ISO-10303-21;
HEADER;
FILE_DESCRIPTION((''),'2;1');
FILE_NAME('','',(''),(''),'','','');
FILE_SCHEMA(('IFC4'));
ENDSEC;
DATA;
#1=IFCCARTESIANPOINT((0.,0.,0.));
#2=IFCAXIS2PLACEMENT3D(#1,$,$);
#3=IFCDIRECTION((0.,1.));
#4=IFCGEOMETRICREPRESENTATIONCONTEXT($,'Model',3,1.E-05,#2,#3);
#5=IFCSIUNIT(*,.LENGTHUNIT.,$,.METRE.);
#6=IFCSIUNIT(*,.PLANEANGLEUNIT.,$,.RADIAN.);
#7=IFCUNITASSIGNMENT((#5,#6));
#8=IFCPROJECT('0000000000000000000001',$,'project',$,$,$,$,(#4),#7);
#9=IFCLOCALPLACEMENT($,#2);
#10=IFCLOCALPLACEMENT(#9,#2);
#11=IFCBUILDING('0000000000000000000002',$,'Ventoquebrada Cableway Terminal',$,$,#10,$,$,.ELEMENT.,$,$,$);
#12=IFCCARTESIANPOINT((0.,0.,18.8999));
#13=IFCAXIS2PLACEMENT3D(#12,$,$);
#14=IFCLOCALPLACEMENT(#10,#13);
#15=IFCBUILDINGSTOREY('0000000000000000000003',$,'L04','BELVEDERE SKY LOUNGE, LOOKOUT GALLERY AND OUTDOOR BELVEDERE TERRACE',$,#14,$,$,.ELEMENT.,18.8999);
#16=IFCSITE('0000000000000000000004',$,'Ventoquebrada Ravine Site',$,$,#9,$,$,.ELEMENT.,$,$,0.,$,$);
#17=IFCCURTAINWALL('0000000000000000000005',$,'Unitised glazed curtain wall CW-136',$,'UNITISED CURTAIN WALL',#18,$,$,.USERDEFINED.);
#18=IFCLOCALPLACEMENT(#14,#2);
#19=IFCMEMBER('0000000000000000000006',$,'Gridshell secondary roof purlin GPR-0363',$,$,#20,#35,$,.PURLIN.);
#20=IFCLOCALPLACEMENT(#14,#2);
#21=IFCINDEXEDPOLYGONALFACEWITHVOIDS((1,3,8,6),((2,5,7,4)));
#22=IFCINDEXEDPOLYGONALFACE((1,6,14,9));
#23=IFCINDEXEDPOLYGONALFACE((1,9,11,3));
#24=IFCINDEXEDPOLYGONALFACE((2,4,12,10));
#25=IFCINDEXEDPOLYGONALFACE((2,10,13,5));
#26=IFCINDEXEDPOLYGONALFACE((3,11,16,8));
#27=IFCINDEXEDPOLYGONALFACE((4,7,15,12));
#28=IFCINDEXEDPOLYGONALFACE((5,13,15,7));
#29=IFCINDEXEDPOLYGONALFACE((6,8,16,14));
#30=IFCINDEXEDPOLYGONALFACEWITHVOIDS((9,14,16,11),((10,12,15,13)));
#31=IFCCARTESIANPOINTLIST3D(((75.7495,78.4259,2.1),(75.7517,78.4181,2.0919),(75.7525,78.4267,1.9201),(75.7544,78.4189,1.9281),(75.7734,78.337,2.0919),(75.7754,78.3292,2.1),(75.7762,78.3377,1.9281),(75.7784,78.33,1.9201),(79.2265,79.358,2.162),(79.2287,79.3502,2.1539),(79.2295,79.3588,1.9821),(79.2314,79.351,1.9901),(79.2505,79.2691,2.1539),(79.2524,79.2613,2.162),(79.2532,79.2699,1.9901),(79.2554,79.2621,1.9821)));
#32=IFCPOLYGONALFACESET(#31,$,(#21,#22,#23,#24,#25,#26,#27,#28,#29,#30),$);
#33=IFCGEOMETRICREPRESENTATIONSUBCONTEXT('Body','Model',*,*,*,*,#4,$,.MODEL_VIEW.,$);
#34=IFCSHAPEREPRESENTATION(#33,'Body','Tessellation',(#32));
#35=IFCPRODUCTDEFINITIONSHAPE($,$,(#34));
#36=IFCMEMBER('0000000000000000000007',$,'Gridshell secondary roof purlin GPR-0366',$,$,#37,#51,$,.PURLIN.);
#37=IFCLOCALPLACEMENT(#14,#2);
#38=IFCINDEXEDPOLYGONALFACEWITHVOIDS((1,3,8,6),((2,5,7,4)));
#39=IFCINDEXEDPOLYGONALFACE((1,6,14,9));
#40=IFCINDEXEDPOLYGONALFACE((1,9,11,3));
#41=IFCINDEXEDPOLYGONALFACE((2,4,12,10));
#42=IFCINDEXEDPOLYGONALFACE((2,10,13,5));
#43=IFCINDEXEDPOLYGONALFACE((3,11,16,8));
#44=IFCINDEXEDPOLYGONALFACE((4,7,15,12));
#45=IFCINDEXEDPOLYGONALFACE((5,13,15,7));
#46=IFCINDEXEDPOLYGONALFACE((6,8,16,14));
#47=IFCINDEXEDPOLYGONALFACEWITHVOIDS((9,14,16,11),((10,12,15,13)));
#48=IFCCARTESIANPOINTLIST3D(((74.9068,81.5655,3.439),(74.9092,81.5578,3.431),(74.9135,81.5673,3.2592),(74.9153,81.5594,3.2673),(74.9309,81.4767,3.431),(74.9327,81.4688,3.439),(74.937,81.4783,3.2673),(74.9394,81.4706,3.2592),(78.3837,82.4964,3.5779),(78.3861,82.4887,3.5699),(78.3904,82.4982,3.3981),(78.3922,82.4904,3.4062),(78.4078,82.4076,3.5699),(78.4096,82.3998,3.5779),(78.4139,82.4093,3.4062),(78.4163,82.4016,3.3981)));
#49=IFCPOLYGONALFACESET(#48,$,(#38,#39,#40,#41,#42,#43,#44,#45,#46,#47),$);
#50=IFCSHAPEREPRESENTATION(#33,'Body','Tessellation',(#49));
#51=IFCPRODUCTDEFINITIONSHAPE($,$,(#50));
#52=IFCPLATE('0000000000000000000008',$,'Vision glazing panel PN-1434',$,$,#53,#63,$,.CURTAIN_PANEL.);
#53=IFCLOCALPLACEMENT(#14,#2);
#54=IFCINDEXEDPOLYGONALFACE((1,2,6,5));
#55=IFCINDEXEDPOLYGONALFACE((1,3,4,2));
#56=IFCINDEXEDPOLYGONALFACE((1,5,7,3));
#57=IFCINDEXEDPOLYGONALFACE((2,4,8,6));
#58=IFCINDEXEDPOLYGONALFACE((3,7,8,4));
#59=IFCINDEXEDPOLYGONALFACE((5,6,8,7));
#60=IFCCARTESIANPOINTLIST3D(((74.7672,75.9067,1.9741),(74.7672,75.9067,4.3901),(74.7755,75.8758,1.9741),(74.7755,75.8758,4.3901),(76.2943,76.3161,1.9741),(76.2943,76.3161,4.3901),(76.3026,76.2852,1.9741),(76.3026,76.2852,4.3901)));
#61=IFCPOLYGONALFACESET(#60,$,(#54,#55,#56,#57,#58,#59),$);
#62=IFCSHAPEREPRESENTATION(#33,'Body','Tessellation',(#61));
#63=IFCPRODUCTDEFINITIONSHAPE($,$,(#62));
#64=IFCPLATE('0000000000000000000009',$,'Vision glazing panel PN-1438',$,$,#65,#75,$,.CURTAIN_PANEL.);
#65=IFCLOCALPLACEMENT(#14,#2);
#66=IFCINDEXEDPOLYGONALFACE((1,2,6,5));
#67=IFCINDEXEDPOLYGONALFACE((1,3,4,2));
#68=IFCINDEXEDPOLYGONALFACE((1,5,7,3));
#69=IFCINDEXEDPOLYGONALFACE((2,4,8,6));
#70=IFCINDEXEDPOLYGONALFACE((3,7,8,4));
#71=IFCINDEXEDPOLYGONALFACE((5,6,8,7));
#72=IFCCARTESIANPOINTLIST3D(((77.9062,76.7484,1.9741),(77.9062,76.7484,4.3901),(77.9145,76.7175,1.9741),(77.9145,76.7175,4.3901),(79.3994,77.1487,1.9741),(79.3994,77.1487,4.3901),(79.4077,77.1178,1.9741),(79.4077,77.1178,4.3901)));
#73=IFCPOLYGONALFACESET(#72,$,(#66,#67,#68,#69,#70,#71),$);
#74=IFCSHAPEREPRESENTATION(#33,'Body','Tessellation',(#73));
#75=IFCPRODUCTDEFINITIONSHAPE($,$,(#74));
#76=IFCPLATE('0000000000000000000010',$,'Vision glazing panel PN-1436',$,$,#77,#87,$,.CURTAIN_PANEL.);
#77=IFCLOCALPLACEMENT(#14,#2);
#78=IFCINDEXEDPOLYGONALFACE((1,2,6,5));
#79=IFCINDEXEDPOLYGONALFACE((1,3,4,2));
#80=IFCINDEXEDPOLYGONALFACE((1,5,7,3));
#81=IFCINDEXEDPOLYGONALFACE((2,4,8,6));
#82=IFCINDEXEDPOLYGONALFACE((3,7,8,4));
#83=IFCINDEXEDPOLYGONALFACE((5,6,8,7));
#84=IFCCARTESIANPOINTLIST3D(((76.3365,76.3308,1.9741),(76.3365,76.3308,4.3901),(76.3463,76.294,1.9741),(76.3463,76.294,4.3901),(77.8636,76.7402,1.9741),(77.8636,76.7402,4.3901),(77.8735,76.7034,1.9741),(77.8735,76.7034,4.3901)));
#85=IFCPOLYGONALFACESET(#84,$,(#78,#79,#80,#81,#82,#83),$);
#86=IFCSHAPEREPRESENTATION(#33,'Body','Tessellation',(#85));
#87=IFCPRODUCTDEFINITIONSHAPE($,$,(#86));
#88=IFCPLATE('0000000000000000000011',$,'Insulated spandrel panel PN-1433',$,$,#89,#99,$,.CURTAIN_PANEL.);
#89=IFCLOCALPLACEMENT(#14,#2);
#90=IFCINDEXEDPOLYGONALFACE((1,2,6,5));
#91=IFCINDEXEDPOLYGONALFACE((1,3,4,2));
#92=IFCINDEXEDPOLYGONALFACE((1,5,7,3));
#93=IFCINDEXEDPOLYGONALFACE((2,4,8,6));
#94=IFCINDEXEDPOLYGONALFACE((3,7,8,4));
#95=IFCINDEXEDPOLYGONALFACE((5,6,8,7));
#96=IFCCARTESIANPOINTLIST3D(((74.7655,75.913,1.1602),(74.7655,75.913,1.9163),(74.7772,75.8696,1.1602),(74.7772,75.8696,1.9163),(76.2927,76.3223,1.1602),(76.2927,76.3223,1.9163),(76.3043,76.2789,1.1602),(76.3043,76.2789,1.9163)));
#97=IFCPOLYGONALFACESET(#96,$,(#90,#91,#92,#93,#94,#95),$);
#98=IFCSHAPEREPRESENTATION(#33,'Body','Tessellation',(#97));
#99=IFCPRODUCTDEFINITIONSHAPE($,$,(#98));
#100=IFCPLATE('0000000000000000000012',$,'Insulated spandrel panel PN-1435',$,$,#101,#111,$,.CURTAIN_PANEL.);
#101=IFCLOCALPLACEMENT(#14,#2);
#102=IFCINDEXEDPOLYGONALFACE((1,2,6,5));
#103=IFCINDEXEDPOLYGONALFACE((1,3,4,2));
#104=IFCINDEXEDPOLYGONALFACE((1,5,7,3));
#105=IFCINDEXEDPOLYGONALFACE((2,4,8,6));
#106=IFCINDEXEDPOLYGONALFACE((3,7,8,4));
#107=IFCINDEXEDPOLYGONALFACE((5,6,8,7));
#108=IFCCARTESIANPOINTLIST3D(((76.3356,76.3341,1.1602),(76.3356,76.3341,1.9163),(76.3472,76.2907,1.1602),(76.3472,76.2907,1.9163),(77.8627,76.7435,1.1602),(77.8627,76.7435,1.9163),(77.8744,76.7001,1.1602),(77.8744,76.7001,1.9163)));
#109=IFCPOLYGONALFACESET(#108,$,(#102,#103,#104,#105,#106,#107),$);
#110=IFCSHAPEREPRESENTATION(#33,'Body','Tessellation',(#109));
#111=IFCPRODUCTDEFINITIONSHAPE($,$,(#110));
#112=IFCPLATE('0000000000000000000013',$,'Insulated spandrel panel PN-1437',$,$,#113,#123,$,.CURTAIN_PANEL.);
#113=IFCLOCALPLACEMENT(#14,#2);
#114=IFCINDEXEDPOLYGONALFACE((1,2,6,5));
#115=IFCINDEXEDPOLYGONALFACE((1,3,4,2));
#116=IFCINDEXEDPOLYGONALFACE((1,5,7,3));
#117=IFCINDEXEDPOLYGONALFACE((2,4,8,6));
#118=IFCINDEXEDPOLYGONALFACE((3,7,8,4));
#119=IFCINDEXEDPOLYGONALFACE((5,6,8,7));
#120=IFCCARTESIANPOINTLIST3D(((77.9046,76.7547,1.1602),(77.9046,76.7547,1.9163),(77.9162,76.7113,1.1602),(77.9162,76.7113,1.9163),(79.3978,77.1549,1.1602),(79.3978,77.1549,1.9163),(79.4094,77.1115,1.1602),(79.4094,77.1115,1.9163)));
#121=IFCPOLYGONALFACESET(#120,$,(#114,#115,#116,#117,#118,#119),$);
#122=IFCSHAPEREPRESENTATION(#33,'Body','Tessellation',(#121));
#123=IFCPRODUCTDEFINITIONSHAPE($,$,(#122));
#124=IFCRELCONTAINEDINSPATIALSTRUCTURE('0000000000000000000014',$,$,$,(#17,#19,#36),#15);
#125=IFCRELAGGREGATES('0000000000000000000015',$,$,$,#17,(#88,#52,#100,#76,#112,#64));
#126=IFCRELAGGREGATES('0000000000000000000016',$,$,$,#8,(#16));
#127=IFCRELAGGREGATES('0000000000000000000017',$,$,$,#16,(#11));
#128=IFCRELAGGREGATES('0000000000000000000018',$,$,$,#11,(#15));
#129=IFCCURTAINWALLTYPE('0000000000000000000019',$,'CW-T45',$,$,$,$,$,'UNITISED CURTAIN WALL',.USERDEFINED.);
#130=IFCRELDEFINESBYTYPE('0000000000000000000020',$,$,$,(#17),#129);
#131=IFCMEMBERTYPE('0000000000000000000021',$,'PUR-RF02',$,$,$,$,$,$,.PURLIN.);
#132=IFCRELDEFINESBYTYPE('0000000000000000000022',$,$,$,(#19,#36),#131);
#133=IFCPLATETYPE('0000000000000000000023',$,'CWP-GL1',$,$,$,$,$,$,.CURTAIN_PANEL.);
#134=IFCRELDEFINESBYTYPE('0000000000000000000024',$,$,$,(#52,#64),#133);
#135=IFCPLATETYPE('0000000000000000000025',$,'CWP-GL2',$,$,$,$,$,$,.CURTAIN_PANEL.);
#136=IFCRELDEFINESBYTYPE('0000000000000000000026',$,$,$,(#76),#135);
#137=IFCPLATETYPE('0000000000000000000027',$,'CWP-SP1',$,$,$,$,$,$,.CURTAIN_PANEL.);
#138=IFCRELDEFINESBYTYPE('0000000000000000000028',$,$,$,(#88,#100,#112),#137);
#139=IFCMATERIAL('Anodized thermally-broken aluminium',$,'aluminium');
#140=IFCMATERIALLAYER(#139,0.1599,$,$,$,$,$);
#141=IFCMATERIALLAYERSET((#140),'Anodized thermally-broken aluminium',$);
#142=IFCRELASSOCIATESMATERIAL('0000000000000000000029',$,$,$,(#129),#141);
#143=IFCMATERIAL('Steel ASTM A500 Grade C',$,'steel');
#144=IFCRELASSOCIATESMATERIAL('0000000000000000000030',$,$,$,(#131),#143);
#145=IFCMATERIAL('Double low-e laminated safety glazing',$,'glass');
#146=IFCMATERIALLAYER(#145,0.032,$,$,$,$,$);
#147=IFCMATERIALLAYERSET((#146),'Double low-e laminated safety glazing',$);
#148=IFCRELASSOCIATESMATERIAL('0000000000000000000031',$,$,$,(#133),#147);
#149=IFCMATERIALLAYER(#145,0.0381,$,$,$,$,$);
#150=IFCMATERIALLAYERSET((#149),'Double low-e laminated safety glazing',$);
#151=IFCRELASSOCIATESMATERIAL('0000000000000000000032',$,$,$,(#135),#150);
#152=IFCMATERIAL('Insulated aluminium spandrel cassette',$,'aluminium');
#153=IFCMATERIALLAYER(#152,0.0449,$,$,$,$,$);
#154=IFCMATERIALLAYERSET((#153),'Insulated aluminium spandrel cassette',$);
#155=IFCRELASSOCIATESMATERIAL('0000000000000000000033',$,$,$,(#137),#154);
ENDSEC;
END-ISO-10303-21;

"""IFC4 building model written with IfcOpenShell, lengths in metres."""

from ifc_helpers import new_model, si_unit, direction, frame, origin, origin_2d, place, context, subcontext, project, spatial, rectangle, hollow_rectangle, extrude, material, layer, layer_set, material_profile, profile_set, type_object, element, aggregate, save


model = new_model("IFC4")

# Units and contexts
model_context = context("Model", 3, precision=1e-05, world=origin(), true_north=direction((0.0, 1.0)))
body_context = subcontext(model_context, "Body", "Model", "MODEL_VIEW")
ifc_project = project(units=[si_unit("LENGTHUNIT", "METRE"), si_unit("PLANEANGLEUNIT", "RADIAN")], contexts=[model_context])

# Site, building, storey
site_placement = place(None, origin())
site = spatial("IfcSite", under=ifc_project, at=site_placement, Name="Ventoquebrada Ravine Site", CompositionType="ELEMENT", RefElevation=0.0)
building_placement = place(site_placement, origin())
building = spatial("IfcBuilding", under=site, at=building_placement, Name="Ventoquebrada Cableway Terminal", CompositionType="ELEMENT")
storey_placement = place(building_placement, frame((0.0, 0.0, 18.8999)))
storey = spatial("IfcBuildingStorey", under=building, at=storey_placement, Name="L04", Description="BELVEDERE SKY LOUNGE, LOOKOUT GALLERY AND OUTDOOR BELVEDERE TERRACE", CompositionType="ELEMENT", Elevation=18.8999)

# Shared definitions
ifc_material_1 = material(Name="Steel ASTM A500 Grade C", Category="steel")

# Curtain wall
ifc_material_2 = material(Name="Anodized thermally-broken aluminium", Category="aluminium")
ifc_layer_1 = layer(ifc_material_2, 0.1599)
ifc_layer_set_1 = layer_set([ifc_layer_1], Name="Anodized thermally-broken aluminium")
curtain_wall_type = type_object("IfcCurtainWallType", Name="CW-T45", ElementType="UNITISED CURTAIN WALL", PredefinedType="USERDEFINED", material=ifc_layer_set_1)
curtain_wall_placement = place(storey_placement, origin())
curtain_wall = element("IfcCurtainWall", 1, at=curtain_wall_placement, inside=storey, type_object=curtain_wall_type, Name="Unitised glazed curtain wall CW-136", ObjectType="UNITISED CURTAIN WALL", PredefinedType="USERDEFINED")

# Members
ifc_material_profile_1 = material_profile(ifc_material_1, hollow_rectangle(XDim=0.1001, YDim=0.1799, WallThickness=0.0081, at=origin_2d()), Name="RHS180X100X8")
ifc_profile_set_1 = profile_set([ifc_material_profile_1], Name="Steel ASTM A500 Grade C")
member_type_1 = type_object("IfcMemberType", Name="PUR-RF02", PredefinedType="PURLIN", material=ifc_profile_set_1)
member_1_placement = place(storey_placement, frame((75.7639, 78.3779, 2.01), z_axis=(0.965751, 0.258899, 0.017224), x_axis=(-0.258937, 0.965894, 0.0)))
element("IfcMember", 2, at=member_1_placement, inside=storey, type_object=member_type_1, Name="Gridshell secondary roof purlin GPR-0363", PredefinedType="PURLIN", context=body_context, shape_type="SweptSolid", body=[
    extrude(hollow_rectangle(XDim=0.1001, YDim=0.1799, WallThickness=0.0081, at=origin_2d()), origin(), (0.0, 0.0, 1.0), 3.6003),
])
member_2_placement = place(storey_placement, frame((74.9231, 81.5181, 3.3491), z_axis=(0.965256, 0.258445, 0.038567), x_axis=(-0.258638, 0.965974, 0.0)))
element("IfcMember", 3, at=member_2_placement, inside=storey, type_object=member_type_1, Name="Gridshell secondary roof purlin GPR-0366", PredefinedType="PURLIN", context=body_context, shape_type="SweptSolid", body=[
    extrude(hollow_rectangle(XDim=0.1001, YDim=0.1799, WallThickness=0.0081, at=origin_2d()), origin(), (0.0, 0.0, 1.0), 3.6021),
])

# Plates
ifc_material_3 = material(Name="Double low-e laminated safety glazing", Category="glass")
ifc_layer_2 = layer(ifc_material_3, 0.032)
ifc_layer_set_2 = layer_set([ifc_layer_2], Name="Double low-e laminated safety glazing")
plate_type_1 = type_object("IfcPlateType", Name="CWP-GL1", PredefinedType="CURTAIN_PANEL", material=ifc_layer_set_2)
plate_1_placement = place(storey_placement, frame((75.5349, 76.0959, 1.9741), z_axis=(0.0, 0.0, 1.0), x_axis=(0.965903, 0.258903, 0.0)))
plate_1 = element("IfcPlate", 4, at=plate_1_placement, type_object=plate_type_1, Name="Vision glazing panel PN-1434", PredefinedType="CURTAIN_PANEL", context=body_context, shape_type="SweptSolid", body=[
    extrude(rectangle(XDim=1.5811, YDim=0.032, at=origin_2d()), origin(), (0.0, 0.0, 1.0), 2.416),
])
plate_2_placement = place(storey_placement, frame((78.657, 76.9331, 1.9741), z_axis=(0.0, 0.0, 1.0), x_axis=(0.965903, 0.258903, 0.0)))
plate_2 = element("IfcPlate", 5, at=plate_2_placement, type_object=plate_type_1, Name="Vision glazing panel PN-1438", PredefinedType="CURTAIN_PANEL", context=body_context, shape_type="SweptSolid", body=[
    extrude(rectangle(XDim=1.5459, YDim=0.032, at=origin_2d()), origin(), (0.0, 0.0, 1.0), 2.416),
])
ifc_layer_3 = layer(ifc_material_3, 0.0381)
ifc_layer_set_3 = layer_set([ifc_layer_3], Name="Double low-e laminated safety glazing")
plate_type_2 = type_object("IfcPlateType", Name="CWP-GL2", PredefinedType="CURTAIN_PANEL", material=ifc_layer_set_3)
plate_3_placement = place(storey_placement, frame((77.105, 76.5171, 1.9741), z_axis=(0.0, 0.0, 1.0), x_axis=(0.965903, 0.258903, 0.0)))
plate_3 = element("IfcPlate", 6, at=plate_3_placement, type_object=plate_type_2, Name="Vision glazing panel PN-1436", PredefinedType="CURTAIN_PANEL", context=body_context, shape_type="SweptSolid", body=[
    extrude(rectangle(XDim=1.5811, YDim=0.0381, at=origin_2d()), origin(), (0.0, 0.0, 1.0), 2.416),
])
ifc_material_4 = material(Name="Insulated aluminium spandrel cassette", Category="aluminium")
ifc_layer_4 = layer(ifc_material_4, 0.0449)
ifc_layer_set_4 = layer_set([ifc_layer_4], Name="Insulated aluminium spandrel cassette")
plate_type_3 = type_object("IfcPlateType", Name="CWP-SP1", PredefinedType="CURTAIN_PANEL", material=ifc_layer_set_4)
plate_4_placement = place(storey_placement, frame((75.5349, 76.0959, 1.1602), z_axis=(0.0, 0.0, 1.0), x_axis=(0.965903, 0.258903, 0.0)))
plate_4 = element("IfcPlate", 7, at=plate_4_placement, type_object=plate_type_3, Name="Insulated spandrel panel PN-1433", PredefinedType="CURTAIN_PANEL", context=body_context, shape_type="SweptSolid", body=[
    extrude(rectangle(XDim=1.5811, YDim=0.0449, at=origin_2d()), origin(), (0.0, 0.0, 1.0), 0.7561),
])
plate_5_placement = place(storey_placement, frame((77.105, 76.5171, 1.1602), z_axis=(0.0, 0.0, 1.0), x_axis=(0.965903, 0.258903, 0.0)))
plate_5 = element("IfcPlate", 8, at=plate_5_placement, type_object=plate_type_3, Name="Insulated spandrel panel PN-1435", PredefinedType="CURTAIN_PANEL", context=body_context, shape_type="SweptSolid", body=[
    extrude(rectangle(XDim=1.5811, YDim=0.0449, at=origin_2d()), origin(), (0.0, 0.0, 1.0), 0.7561),
])
plate_6_placement = place(storey_placement, frame((78.657, 76.9331, 1.1602), z_axis=(0.0, 0.0, 1.0), x_axis=(0.965903, 0.258903, 0.0)))
plate_6 = element("IfcPlate", 9, at=plate_6_placement, type_object=plate_type_3, Name="Insulated spandrel panel PN-1437", PredefinedType="CURTAIN_PANEL", context=body_context, shape_type="SweptSolid", body=[
    extrude(rectangle(XDim=1.5459, YDim=0.0449, at=origin_2d()), origin(), (0.0, 0.0, 1.0), 0.7561),
])
aggregate(curtain_wall, [plate_4, plate_1, plate_5, plate_3, plate_6, plate_2])

save(model, "model.ifc")
